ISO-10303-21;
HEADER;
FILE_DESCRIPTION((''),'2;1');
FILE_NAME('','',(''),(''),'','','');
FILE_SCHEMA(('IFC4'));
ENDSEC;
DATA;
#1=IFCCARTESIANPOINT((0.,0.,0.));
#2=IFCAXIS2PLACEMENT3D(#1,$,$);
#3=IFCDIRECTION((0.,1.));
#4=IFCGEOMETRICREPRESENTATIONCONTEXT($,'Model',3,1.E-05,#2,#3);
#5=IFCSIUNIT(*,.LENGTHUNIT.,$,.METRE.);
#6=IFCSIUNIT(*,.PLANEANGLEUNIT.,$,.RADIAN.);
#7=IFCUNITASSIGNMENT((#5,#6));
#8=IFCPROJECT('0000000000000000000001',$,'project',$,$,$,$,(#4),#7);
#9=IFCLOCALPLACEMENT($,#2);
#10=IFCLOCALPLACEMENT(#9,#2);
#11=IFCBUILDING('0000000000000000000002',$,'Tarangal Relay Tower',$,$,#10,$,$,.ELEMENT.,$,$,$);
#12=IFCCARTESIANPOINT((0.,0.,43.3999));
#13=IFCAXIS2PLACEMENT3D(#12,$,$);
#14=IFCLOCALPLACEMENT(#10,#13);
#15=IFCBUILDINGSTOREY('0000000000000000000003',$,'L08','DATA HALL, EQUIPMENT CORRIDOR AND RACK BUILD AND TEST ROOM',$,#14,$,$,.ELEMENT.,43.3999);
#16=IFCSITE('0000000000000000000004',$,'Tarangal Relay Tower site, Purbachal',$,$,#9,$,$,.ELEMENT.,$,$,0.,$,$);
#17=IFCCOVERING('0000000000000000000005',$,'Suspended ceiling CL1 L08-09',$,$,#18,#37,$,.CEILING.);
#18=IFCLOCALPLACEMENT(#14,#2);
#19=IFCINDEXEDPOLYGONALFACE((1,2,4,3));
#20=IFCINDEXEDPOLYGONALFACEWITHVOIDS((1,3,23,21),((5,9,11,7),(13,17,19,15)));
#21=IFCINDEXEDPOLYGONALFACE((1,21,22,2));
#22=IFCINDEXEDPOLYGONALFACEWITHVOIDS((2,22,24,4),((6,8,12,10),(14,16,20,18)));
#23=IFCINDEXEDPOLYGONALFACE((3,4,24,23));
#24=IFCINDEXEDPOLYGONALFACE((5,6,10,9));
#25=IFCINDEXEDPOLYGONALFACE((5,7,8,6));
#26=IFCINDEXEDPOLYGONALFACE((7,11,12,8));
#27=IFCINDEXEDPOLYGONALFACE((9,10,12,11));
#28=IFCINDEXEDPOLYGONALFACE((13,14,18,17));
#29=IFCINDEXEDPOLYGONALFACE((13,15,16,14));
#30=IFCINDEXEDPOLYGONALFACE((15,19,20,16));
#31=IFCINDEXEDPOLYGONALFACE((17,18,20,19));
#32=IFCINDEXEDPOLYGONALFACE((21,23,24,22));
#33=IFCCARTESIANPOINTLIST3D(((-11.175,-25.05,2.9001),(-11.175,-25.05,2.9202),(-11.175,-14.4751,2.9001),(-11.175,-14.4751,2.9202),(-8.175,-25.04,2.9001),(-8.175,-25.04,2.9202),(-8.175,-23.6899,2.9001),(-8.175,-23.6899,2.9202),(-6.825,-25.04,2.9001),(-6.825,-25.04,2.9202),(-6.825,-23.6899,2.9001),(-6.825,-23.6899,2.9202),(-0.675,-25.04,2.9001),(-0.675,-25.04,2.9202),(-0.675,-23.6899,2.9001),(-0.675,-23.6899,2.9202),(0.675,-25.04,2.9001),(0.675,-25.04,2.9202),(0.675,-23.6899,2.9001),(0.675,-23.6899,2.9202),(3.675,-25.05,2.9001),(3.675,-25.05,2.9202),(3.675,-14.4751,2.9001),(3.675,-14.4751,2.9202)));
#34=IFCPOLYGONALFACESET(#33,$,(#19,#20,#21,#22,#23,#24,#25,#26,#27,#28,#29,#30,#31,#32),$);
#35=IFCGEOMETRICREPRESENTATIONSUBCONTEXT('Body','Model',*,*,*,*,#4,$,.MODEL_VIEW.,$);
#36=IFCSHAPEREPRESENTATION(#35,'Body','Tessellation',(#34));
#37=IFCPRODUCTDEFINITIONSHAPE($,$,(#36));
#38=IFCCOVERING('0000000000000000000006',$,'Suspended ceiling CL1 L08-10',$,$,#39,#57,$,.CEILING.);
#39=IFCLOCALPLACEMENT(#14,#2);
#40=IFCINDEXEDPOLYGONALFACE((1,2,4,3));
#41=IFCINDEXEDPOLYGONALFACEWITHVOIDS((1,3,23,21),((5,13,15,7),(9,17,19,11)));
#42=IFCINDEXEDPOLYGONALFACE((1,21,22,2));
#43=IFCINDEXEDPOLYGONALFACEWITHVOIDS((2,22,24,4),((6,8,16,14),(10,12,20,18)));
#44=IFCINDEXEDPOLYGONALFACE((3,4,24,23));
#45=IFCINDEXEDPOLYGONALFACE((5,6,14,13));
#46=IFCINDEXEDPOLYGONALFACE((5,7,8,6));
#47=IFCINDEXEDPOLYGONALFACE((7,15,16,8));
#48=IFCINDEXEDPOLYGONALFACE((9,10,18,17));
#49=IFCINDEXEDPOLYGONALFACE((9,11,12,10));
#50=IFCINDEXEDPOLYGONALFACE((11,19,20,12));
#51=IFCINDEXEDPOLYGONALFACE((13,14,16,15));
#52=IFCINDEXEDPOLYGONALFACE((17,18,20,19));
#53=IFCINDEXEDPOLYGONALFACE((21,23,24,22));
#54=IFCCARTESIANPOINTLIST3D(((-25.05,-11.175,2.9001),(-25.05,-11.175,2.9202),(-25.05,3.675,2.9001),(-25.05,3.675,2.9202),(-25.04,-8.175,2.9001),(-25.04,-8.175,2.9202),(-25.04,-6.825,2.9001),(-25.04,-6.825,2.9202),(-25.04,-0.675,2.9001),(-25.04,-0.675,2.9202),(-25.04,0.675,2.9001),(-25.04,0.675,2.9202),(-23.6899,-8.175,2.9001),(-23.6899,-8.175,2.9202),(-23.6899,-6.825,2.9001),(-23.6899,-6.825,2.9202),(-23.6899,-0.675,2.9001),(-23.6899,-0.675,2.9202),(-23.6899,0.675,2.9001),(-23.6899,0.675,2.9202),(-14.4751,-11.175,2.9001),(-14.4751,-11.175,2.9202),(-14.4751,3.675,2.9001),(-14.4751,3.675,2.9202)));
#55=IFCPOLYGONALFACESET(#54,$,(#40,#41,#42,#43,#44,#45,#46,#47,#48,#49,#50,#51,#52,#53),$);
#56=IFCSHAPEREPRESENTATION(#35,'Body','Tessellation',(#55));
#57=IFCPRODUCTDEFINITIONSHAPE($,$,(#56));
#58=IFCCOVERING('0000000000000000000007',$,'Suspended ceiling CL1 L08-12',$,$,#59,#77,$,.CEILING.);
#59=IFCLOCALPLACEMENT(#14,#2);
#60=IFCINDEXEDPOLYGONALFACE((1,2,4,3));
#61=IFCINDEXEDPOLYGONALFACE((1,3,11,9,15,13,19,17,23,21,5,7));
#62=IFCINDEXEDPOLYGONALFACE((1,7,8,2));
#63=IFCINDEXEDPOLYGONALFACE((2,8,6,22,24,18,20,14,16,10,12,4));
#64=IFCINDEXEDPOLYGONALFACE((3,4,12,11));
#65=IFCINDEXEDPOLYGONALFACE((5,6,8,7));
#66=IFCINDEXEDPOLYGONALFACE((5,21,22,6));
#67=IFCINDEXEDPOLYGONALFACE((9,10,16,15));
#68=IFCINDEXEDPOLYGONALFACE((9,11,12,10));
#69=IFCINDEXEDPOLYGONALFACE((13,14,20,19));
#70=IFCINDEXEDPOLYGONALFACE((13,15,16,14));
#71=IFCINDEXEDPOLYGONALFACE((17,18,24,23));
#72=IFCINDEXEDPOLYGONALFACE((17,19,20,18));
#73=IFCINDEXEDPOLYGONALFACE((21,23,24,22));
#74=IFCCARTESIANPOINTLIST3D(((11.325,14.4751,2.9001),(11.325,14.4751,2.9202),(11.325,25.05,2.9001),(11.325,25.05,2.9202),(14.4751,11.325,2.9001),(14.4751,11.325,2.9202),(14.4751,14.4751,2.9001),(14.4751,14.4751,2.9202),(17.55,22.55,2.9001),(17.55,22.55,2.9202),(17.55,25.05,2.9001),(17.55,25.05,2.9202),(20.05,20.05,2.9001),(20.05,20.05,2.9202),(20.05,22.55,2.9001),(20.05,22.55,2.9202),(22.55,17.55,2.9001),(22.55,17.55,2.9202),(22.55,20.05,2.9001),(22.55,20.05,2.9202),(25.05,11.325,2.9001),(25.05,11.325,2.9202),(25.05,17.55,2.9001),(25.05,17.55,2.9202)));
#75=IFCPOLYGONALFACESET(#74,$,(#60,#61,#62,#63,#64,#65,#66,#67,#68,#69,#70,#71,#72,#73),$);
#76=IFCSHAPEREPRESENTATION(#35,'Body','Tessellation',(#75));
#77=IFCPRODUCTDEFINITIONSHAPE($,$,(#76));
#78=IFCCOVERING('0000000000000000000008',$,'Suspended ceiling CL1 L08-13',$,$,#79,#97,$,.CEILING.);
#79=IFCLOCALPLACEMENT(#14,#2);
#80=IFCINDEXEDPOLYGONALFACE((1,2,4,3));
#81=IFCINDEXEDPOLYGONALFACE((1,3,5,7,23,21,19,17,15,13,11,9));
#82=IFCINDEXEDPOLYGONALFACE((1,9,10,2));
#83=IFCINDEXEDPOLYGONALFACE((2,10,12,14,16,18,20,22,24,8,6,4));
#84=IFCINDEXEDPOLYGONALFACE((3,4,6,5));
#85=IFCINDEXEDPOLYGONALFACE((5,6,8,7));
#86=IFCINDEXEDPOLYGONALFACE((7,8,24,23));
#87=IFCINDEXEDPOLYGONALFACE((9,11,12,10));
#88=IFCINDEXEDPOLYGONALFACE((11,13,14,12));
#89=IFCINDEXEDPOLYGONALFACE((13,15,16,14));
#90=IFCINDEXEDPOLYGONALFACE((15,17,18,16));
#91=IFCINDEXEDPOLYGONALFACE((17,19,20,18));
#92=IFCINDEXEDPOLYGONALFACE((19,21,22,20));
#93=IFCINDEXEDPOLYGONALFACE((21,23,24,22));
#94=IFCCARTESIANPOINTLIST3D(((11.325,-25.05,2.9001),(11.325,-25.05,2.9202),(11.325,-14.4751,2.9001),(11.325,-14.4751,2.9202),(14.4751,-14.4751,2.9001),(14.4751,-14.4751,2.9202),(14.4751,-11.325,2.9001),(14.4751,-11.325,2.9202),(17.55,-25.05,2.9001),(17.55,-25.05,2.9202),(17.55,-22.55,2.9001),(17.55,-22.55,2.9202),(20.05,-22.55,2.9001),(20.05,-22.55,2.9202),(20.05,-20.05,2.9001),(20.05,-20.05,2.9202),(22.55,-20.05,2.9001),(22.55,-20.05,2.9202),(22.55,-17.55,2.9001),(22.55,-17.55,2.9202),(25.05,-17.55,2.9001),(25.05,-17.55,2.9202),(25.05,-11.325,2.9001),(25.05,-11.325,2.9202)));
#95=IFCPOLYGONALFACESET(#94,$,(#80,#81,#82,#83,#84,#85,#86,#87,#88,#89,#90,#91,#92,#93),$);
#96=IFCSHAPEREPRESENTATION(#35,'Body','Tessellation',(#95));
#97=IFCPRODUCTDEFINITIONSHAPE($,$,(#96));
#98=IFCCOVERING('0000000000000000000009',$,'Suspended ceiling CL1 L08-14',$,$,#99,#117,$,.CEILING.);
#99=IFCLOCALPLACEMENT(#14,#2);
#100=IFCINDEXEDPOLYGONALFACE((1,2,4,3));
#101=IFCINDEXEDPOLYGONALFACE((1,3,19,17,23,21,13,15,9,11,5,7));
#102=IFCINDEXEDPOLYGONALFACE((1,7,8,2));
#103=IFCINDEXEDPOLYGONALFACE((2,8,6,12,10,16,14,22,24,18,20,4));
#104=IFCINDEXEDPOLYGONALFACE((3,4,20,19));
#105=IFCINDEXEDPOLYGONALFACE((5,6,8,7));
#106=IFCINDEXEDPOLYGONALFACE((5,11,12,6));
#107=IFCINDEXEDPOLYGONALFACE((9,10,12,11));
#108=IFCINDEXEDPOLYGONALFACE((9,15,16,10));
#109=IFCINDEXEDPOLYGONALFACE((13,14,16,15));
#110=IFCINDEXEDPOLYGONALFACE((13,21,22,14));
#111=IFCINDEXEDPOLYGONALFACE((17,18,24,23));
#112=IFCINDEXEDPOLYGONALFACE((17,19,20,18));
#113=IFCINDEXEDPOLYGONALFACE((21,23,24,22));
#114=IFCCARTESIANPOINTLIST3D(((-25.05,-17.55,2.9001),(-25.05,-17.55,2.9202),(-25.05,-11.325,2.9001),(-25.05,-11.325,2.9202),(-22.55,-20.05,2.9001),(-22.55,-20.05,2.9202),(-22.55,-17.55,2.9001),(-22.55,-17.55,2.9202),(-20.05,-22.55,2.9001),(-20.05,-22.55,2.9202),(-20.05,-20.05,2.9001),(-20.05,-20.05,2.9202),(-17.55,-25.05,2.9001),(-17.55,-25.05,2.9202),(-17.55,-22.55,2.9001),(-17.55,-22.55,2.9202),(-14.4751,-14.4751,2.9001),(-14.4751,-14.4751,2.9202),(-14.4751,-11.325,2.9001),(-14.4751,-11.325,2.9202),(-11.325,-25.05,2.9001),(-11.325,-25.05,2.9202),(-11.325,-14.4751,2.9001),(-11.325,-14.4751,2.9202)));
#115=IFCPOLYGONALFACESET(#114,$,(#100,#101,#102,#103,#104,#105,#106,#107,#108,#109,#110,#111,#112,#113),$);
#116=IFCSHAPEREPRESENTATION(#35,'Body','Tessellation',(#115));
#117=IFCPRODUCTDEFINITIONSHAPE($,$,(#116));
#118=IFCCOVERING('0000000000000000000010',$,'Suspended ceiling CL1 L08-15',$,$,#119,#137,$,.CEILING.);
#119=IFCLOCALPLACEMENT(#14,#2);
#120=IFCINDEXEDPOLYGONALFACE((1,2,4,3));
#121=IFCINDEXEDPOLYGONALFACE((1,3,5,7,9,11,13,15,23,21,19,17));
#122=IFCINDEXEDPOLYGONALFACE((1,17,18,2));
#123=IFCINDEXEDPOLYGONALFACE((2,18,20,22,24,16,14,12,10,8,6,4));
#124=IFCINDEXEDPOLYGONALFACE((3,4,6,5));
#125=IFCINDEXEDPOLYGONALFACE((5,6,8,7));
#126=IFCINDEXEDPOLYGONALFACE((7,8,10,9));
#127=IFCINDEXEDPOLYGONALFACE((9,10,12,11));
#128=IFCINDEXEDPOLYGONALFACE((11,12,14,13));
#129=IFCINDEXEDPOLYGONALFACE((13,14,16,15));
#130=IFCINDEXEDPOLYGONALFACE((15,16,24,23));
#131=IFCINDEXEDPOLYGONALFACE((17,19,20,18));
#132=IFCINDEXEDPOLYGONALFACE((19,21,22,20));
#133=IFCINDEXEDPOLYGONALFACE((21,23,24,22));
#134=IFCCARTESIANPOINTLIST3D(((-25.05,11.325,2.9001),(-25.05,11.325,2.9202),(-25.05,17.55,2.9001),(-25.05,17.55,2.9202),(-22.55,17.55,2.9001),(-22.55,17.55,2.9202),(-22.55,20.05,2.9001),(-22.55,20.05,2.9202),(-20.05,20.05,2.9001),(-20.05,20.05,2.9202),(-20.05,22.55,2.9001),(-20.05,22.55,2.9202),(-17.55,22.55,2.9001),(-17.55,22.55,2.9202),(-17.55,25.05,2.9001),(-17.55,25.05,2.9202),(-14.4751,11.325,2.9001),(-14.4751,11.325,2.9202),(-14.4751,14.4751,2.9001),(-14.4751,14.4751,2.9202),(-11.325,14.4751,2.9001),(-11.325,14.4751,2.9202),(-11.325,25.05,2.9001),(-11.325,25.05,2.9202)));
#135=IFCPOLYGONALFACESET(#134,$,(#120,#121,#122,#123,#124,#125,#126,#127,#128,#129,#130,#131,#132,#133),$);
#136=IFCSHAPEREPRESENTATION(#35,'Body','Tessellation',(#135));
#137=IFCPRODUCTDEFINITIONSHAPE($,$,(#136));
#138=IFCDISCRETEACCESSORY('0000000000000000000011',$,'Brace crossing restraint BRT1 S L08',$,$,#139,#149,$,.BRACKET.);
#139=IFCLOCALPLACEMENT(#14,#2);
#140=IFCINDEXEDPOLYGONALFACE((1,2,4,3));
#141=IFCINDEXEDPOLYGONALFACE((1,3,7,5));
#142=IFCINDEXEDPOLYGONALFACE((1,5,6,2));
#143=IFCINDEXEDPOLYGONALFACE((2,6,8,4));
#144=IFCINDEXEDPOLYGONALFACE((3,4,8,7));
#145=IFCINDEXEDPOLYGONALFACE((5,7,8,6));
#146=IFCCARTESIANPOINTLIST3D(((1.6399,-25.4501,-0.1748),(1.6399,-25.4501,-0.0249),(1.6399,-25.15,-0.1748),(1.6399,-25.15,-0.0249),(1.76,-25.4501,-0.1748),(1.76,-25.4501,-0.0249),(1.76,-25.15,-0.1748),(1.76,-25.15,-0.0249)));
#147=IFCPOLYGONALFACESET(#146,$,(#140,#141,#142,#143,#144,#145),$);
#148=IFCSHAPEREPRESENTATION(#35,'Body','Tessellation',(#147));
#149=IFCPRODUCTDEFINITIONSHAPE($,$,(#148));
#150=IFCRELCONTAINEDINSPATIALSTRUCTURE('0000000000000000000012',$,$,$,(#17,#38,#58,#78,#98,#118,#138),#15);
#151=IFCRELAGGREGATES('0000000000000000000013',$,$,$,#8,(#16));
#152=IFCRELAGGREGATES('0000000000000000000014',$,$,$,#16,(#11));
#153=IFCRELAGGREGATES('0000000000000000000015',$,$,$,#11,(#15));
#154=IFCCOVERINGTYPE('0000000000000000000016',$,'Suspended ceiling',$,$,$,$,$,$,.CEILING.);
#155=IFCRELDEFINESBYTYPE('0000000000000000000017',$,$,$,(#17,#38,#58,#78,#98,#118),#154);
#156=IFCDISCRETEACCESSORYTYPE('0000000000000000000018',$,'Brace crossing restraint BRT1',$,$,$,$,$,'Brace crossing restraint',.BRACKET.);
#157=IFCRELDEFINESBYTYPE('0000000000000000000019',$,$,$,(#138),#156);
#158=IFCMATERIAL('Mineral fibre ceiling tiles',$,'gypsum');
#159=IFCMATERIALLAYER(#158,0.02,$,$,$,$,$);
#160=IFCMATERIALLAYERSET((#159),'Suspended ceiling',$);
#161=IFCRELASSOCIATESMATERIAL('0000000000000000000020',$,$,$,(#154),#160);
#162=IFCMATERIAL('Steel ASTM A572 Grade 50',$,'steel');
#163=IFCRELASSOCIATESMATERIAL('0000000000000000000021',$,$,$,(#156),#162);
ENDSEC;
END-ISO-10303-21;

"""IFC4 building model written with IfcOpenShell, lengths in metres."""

from ifc_helpers import new_model, si_unit, direction, frame, origin, origin_2d, place, context, subcontext, project, spatial, polyline, rectangle, outline, extrude, material, layer, layer_set, type_object, element, save


model = new_model("IFC4")

# Units and contexts
model_context = context("Model", 3, precision=1e-05, world=origin(), true_north=direction((0.0, 1.0)))
body_context = subcontext(model_context, "Body", "Model", "MODEL_VIEW")
ifc_project = project(units=[si_unit("LENGTHUNIT", "METRE"), si_unit("PLANEANGLEUNIT", "RADIAN")], contexts=[model_context])

# Site, building, storey
site_placement = place(None, origin())
site = spatial("IfcSite", under=ifc_project, at=site_placement, Name="Tarangal Relay Tower site, Purbachal", CompositionType="ELEMENT", RefElevation=0.0)
building_placement = place(site_placement, origin())
building = spatial("IfcBuilding", under=site, at=building_placement, Name="Tarangal Relay Tower", CompositionType="ELEMENT")
storey_placement = place(building_placement, frame((0.0, 0.0, 43.3999)))
storey = spatial("IfcBuildingStorey", under=building, at=storey_placement, Name="L08", Description="DATA HALL, EQUIPMENT CORRIDOR AND RACK BUILD AND TEST ROOM", CompositionType="ELEMENT", Elevation=43.3999)

# Coverings
ifc_material_1 = material(Name="Mineral fibre ceiling tiles", Category="gypsum")
ifc_layer_1 = layer(ifc_material_1, 0.02)
ifc_layer_set_1 = layer_set([ifc_layer_1], Name="Suspended ceiling")
covering_type_1 = type_object("IfcCoveringType", Name="Suspended ceiling", PredefinedType="CEILING", material=ifc_layer_set_1)
covering_1_placement = place(storey_placement, frame((0.0, 0.0, 2.9001)))
element("IfcCovering", 1, at=covering_1_placement, inside=storey, type_object=covering_type_1, Name="Suspended ceiling CL1 L08-09", PredefinedType="CEILING", context=body_context, shape_type="SweptSolid", body=[
    extrude(outline(polyline([(-11.175, -25.05), (3.675, -25.05), (3.675, -14.4751), (-11.175, -14.4751), (-11.175, -25.05)]), holes=[polyline([(-6.825, -25.04), (-6.825, -23.6899), (-8.175, -23.6899), (-8.175, -25.04), (-6.825, -25.04)]), polyline([(0.675, -25.04), (0.675, -23.6899), (-0.675, -23.6899), (-0.675, -25.04), (0.675, -25.04)])]), origin(), (0.0, 0.0, 1.0), 0.02),
])
covering_2_placement = place(storey_placement, frame((0.0, 0.0, 2.9001)))
element("IfcCovering", 2, at=covering_2_placement, inside=storey, type_object=covering_type_1, Name="Suspended ceiling CL1 L08-10", PredefinedType="CEILING", context=body_context, shape_type="SweptSolid", body=[
    extrude(outline(polyline([(-25.05, 3.675), (-25.05, -11.175), (-14.4751, -11.175), (-14.4751, 3.675), (-25.05, 3.675)]), holes=[polyline([(-23.6899, -8.175), (-23.6899, -6.825), (-25.04, -6.825), (-25.04, -8.175), (-23.6899, -8.175)]), polyline([(-23.6899, -0.675), (-23.6899, 0.675), (-25.04, 0.675), (-25.04, -0.675), (-23.6899, -0.675)])]), origin(), (0.0, 0.0, 1.0), 0.02),
])
covering_3_placement = place(storey_placement, frame((0.0, 0.0, 2.9001)))
element("IfcCovering", 3, at=covering_3_placement, inside=storey, type_object=covering_type_1, Name="Suspended ceiling CL1 L08-12", PredefinedType="CEILING", context=body_context, shape_type="SweptSolid", body=[
    extrude(outline(polyline([(17.55, 25.05), (11.325, 25.05), (11.325, 14.4751), (14.4751, 14.4751), (14.4751, 11.325), (25.05, 11.325), (25.05, 17.55), (22.55, 17.55), (22.55, 20.05), (20.05, 20.05), (20.05, 22.55), (17.55, 22.55), (17.55, 25.05)])), origin(), (0.0, 0.0, 1.0), 0.02),
])
covering_4_placement = place(storey_placement, frame((0.0, 0.0, 2.9001)))
element("IfcCovering", 4, at=covering_4_placement, inside=storey, type_object=covering_type_1, Name="Suspended ceiling CL1 L08-13", PredefinedType="CEILING", context=body_context, shape_type="SweptSolid", body=[
    extrude(outline(polyline([(25.05, -11.325), (14.4751, -11.325), (14.4751, -14.4751), (11.325, -14.4751), (11.325, -25.05), (17.55, -25.05), (17.55, -22.55), (20.05, -22.55), (20.05, -20.05), (22.55, -20.05), (22.55, -17.55), (25.05, -17.55), (25.05, -11.325)])), origin(), (0.0, 0.0, 1.0), 0.02),
])
covering_5_placement = place(storey_placement, frame((0.0, 0.0, 2.9001)))
element("IfcCovering", 5, at=covering_5_placement, inside=storey, type_object=covering_type_1, Name="Suspended ceiling CL1 L08-14", PredefinedType="CEILING", context=body_context, shape_type="SweptSolid", body=[
    extrude(outline(polyline([(-17.55, -22.55), (-17.55, -25.05), (-11.325, -25.05), (-11.325, -14.4751), (-14.4751, -14.4751), (-14.4751, -11.325), (-25.05, -11.325), (-25.05, -17.55), (-22.55, -17.55), (-22.55, -20.05), (-20.05, -20.05), (-20.05, -22.55), (-17.55, -22.55)])), origin(), (0.0, 0.0, 1.0), 0.02),
])
covering_6_placement = place(storey_placement, frame((0.0, 0.0, 2.9001)))
element("IfcCovering", 6, at=covering_6_placement, inside=storey, type_object=covering_type_1, Name="Suspended ceiling CL1 L08-15", PredefinedType="CEILING", context=body_context, shape_type="SweptSolid", body=[
    extrude(outline(polyline([(-22.55, 17.55), (-25.05, 17.55), (-25.05, 11.325), (-14.4751, 11.325), (-14.4751, 14.4751), (-11.325, 14.4751), (-11.325, 25.05), (-17.55, 25.05), (-17.55, 22.55), (-20.05, 22.55), (-20.05, 20.05), (-22.55, 20.05), (-22.55, 17.55)])), origin(), (0.0, 0.0, 1.0), 0.02),
])

# Discrete accessory
ifc_material_2 = material(Name="Steel ASTM A572 Grade 50", Category="steel")
discrete_accessory_type = type_object("IfcDiscreteAccessoryType", Name="Brace crossing restraint BRT1", ElementType="Brace crossing restraint", PredefinedType="BRACKET", material=ifc_material_2)
discrete_accessory_placement = place(storey_placement, frame((1.7, -25.3, -0.1748), z_axis=(0.0, 0.0, 1.0), x_axis=(1.0, 0.0, 0.0)))
element("IfcDiscreteAccessory", 7, at=discrete_accessory_placement, inside=storey, type_object=discrete_accessory_type, Name="Brace crossing restraint BRT1 S L08", PredefinedType="BRACKET", context=body_context, shape_type="SweptSolid", body=[
    extrude(rectangle(XDim=0.1201, YDim=0.3, at=origin_2d()), origin(), (0.0, 0.0, 1.0), 0.1499),
])

save(model, "model.ifc")
